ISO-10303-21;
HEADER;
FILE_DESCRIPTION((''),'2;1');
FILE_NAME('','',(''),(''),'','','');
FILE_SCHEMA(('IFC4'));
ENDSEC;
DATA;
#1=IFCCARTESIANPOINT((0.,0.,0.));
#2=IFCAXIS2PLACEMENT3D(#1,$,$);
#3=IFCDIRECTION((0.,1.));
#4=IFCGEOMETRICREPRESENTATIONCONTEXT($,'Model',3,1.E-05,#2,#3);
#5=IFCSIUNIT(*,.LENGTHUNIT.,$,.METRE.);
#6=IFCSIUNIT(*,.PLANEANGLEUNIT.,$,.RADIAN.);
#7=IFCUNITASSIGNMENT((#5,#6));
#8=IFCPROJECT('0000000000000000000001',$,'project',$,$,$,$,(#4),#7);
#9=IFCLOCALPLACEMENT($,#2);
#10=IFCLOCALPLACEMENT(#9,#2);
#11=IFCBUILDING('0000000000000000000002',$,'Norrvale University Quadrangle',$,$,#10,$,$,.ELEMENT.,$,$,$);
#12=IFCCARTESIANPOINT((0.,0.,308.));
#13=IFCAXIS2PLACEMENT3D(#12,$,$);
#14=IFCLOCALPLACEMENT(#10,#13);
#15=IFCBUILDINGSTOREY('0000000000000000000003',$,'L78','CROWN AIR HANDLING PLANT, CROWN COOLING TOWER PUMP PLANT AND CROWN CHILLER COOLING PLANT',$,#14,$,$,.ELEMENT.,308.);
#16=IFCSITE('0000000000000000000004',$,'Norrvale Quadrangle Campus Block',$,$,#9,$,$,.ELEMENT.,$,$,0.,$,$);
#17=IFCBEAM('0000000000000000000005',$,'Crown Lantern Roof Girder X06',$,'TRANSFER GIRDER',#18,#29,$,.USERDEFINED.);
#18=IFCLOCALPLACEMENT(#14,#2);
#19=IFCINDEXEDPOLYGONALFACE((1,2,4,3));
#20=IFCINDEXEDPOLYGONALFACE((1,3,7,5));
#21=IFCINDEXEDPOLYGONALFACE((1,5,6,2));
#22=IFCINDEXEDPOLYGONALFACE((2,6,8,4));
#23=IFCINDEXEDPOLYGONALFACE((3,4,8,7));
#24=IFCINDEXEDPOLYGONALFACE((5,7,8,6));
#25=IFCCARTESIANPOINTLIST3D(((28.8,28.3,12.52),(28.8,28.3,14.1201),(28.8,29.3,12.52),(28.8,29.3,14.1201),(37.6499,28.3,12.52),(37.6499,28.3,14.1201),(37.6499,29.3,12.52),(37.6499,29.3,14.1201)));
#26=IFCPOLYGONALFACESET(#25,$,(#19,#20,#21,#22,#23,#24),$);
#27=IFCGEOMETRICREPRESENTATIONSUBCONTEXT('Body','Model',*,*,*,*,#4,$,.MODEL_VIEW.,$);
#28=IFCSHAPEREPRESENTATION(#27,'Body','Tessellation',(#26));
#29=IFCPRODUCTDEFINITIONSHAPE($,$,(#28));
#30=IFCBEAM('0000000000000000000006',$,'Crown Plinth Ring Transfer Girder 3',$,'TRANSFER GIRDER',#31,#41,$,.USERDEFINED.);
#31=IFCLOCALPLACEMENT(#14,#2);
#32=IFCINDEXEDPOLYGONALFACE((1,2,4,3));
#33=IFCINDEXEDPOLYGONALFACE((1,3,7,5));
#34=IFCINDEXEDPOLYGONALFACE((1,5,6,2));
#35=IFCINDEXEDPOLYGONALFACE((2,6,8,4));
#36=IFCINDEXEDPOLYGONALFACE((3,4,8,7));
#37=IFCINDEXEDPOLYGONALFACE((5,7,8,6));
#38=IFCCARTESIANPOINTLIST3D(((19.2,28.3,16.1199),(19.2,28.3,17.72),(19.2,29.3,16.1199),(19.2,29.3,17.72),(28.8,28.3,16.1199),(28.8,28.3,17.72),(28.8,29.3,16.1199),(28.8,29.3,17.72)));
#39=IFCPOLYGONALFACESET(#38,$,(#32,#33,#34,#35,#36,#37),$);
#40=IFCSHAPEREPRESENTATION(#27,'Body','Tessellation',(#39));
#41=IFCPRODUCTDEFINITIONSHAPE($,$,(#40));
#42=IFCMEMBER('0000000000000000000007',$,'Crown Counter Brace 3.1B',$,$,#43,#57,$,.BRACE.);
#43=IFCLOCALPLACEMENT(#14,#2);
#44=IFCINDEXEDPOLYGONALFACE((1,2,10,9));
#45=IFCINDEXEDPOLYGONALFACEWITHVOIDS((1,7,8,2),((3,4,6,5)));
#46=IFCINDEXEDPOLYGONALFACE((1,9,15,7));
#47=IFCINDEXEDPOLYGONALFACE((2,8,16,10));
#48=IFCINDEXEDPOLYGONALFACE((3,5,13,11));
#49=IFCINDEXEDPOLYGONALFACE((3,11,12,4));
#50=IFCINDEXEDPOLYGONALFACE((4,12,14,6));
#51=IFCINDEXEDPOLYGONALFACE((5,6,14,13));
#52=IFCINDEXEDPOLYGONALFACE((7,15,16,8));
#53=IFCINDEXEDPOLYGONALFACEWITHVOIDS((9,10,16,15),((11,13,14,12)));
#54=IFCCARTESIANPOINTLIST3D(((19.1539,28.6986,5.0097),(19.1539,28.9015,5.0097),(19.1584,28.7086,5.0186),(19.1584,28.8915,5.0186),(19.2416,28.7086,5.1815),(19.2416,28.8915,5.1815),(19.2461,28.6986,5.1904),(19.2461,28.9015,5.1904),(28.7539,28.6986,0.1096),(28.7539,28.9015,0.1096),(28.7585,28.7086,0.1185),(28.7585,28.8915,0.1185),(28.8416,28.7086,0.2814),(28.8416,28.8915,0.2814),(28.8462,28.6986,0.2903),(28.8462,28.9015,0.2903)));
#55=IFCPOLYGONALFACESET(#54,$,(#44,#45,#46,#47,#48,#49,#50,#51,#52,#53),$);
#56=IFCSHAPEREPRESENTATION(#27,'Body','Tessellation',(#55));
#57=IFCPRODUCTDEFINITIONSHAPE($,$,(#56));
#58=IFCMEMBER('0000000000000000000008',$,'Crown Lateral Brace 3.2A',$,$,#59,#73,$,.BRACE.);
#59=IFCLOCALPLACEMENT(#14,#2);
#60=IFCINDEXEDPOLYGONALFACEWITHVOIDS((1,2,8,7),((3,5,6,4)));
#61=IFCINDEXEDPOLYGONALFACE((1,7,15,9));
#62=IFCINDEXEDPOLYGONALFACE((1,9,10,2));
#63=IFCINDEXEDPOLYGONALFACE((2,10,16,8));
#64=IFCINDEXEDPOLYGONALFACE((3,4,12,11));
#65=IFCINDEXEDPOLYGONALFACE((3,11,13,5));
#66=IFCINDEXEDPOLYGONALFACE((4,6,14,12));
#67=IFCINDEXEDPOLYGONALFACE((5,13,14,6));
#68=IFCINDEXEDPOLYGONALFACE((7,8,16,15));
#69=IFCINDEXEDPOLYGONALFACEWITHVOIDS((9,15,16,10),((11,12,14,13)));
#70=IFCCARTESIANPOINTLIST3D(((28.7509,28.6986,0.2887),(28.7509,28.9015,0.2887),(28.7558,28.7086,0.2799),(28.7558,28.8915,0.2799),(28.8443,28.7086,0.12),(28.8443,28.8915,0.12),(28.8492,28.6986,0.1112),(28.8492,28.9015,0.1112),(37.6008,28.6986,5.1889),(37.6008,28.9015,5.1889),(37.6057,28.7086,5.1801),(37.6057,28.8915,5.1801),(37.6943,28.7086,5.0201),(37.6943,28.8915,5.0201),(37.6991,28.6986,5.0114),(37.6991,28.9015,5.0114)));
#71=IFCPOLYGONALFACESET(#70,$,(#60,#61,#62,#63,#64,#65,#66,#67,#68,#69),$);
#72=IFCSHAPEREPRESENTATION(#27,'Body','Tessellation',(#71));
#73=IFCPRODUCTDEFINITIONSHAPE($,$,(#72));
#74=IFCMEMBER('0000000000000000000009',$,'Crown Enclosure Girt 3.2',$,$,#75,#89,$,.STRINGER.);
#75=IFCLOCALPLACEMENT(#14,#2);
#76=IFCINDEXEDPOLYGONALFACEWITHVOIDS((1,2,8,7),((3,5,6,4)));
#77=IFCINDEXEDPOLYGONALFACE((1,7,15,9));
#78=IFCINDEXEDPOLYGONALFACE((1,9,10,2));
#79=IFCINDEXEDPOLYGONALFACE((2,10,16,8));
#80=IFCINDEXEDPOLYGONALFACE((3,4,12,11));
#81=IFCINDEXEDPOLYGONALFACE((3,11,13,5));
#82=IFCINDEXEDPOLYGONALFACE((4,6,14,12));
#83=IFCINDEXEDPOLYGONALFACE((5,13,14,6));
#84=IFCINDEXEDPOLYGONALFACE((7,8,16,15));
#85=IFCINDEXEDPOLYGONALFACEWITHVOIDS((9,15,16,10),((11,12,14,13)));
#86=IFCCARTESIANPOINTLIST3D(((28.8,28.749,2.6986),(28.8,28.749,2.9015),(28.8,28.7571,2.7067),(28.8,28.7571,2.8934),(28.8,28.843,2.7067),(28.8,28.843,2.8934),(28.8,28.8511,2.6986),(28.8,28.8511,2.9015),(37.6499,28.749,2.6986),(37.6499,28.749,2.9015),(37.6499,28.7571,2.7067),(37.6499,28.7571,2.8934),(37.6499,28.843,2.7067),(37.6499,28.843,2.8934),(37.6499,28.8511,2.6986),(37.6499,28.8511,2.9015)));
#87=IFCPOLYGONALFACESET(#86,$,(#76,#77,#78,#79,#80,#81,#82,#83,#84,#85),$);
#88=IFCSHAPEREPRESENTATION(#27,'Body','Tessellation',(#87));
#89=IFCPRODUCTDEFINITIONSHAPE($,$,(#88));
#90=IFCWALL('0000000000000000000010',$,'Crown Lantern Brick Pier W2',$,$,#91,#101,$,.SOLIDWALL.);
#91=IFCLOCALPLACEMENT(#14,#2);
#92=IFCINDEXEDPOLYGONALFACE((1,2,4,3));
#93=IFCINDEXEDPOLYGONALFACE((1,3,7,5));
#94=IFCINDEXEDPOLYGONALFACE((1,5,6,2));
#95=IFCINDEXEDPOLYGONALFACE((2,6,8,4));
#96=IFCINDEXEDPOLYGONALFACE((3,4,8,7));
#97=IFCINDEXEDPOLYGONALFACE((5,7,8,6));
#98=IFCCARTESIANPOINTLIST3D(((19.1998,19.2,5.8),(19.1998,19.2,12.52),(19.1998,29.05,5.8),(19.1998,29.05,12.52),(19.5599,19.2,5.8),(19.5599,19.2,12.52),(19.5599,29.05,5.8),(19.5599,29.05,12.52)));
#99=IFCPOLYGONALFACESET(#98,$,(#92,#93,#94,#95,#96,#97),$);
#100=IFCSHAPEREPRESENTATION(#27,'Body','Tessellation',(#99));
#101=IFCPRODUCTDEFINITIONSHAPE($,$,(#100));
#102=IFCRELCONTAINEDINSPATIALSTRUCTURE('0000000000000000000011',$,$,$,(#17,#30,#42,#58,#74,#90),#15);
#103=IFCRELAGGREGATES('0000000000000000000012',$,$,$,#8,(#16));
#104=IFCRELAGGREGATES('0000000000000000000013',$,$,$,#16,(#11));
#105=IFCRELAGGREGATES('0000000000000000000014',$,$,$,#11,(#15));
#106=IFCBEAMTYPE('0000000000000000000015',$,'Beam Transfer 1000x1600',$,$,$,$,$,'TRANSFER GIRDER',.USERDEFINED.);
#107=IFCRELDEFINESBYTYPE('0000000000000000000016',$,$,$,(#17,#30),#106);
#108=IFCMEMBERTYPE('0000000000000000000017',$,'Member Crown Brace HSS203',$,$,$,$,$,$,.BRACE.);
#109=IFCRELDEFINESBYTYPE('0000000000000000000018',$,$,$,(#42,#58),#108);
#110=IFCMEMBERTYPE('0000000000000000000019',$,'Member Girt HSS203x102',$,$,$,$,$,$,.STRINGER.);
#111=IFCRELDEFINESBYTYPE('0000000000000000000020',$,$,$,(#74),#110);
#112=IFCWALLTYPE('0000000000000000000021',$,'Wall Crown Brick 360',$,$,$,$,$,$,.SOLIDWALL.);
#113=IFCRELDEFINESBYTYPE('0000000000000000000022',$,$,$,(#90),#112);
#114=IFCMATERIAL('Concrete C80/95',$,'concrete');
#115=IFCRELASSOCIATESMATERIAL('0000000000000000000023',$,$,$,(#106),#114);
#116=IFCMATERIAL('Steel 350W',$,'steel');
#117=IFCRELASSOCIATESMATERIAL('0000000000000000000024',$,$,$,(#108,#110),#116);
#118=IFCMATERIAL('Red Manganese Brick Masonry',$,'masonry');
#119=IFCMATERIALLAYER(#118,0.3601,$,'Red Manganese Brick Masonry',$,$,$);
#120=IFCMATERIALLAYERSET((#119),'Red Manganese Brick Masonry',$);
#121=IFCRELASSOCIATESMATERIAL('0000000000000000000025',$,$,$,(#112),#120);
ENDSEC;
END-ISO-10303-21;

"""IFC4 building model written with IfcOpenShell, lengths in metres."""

from ifc_helpers import new_model, si_unit, direction, frame, frame_2d, origin, origin_2d, place, context, subcontext, project, spatial, rectangle, hollow_rectangle, extrude, material, layer, layer_set, material_profile, profile_set, type_object, element, save


model = new_model("IFC4")

# Units and contexts
model_context = context("Model", 3, precision=1e-05, world=origin(), true_north=direction((0.0, 1.0)))
body_context = subcontext(model_context, "Body", "Model", "MODEL_VIEW")
ifc_project = project(units=[si_unit("LENGTHUNIT", "METRE"), si_unit("PLANEANGLEUNIT", "RADIAN")], contexts=[model_context])

# Site, building, storey
site_placement = place(None, origin())
site = spatial("IfcSite", under=ifc_project, at=site_placement, Name="Norrvale Quadrangle Campus Block", CompositionType="ELEMENT", RefElevation=0.0)
building_placement = place(site_placement, origin())
building = spatial("IfcBuilding", under=site, at=building_placement, Name="Norrvale University Quadrangle", CompositionType="ELEMENT")
storey_placement = place(building_placement, frame((0.0, 0.0, 308.0)))
storey = spatial("IfcBuildingStorey", under=building, at=storey_placement, Name="L78", Description="CROWN AIR HANDLING PLANT, CROWN COOLING TOWER PUMP PLANT AND CROWN CHILLER COOLING PLANT", CompositionType="ELEMENT", Elevation=308.0)

# Shared definitions
ifc_material_1 = material(Name="Steel 350W", Category="steel")

# Beams
ifc_material_2 = material(Name="Concrete C80/95", Category="concrete")
ifc_material_profile_1 = material_profile(ifc_material_2, rectangle(XDim=1.0, YDim=1.6001, at=origin_2d()), Name="Concrete C80/95")
ifc_profile_set_1 = profile_set([ifc_material_profile_1], Name="Concrete C80/95")
beam_type_1 = type_object("IfcBeamType", Name="Beam Transfer 1000x1600", ElementType="TRANSFER GIRDER", PredefinedType="USERDEFINED", material=ifc_profile_set_1)
beam_1_placement = place(storey_placement, frame((28.8, 28.8, 13.3201), z_axis=(1.0, 0.0, 0.0), x_axis=(0.0, 1.0, 0.0)))
element("IfcBeam", 1, at=beam_1_placement, inside=storey, type_object=beam_type_1, Name="Crown Lantern Roof Girder X06", ObjectType="TRANSFER GIRDER", PredefinedType="USERDEFINED", context=body_context, shape_type="SweptSolid", body=[
    extrude(rectangle(XDim=1.0, YDim=1.6001, at=origin_2d()), origin(), (0.0, 0.0, 1.0), 8.8499),
])
beam_2_placement = place(storey_placement, frame((28.8, 28.8, 16.9199), z_axis=(-1.0, 0.0, 0.0), x_axis=(0.0, -1.0, 0.0)))
element("IfcBeam", 2, at=beam_2_placement, inside=storey, type_object=beam_type_1, Name="Crown Plinth Ring Transfer Girder 3", ObjectType="TRANSFER GIRDER", PredefinedType="USERDEFINED", context=body_context, shape_type="SweptSolid", body=[
    extrude(rectangle(XDim=1.0, YDim=1.6001, at=origin_2d()), origin(), (0.0, 0.0, 1.0), 9.6001),
])

# Members
ifc_material_profile_2 = material_profile(ifc_material_1, hollow_rectangle(XDim=0.2029, YDim=0.2029, WallThickness=0.01, at=origin_2d()), Name="Steel 350W")
ifc_profile_set_2 = profile_set([ifc_material_profile_2], Name="Steel 350W")
member_type_1 = type_object("IfcMemberType", Name="Member Crown Brace HSS203", PredefinedType="BRACE", material=ifc_profile_set_2)
member_1_placement = place(storey_placement, frame((28.8, 28.8, 0.2), z_axis=(-0.890682, 0.0, 0.454628), x_axis=(0.0, -1.0, 0.0)))
element("IfcMember", 3, at=member_1_placement, inside=storey, type_object=member_type_1, Name="Crown Counter Brace 3.1B", PredefinedType="BRACE", context=body_context, shape_type="SweptSolid", body=[
    extrude(hollow_rectangle(XDim=0.2029, YDim=0.2029, WallThickness=0.01, at=origin_2d()), origin(), (0.0, 0.0, 1.0), 10.7783),
])
member_2_placement = place(storey_placement, frame((28.8, 28.8, 0.2), z_axis=(0.874846, 0.0, 0.484401), x_axis=(0.0, 1.0, 0.0)))
element("IfcMember", 4, at=member_2_placement, inside=storey, type_object=member_type_1, Name="Crown Lateral Brace 3.2A", PredefinedType="BRACE", context=body_context, shape_type="SweptSolid", body=[
    extrude(hollow_rectangle(XDim=0.2029, YDim=0.2029, WallThickness=0.01, at=origin_2d()), origin(), (0.0, 0.0, 1.0), 10.116),
])
ifc_material_profile_3 = material_profile(ifc_material_1, hollow_rectangle(XDim=0.1021, YDim=0.2029, WallThickness=0.0081, at=origin_2d()), Name="Steel 350W")
ifc_profile_set_3 = profile_set([ifc_material_profile_3], Name="Steel 350W")
member_type_2 = type_object("IfcMemberType", Name="Member Girt HSS203x102", PredefinedType="STRINGER", material=ifc_profile_set_3)
member_3_placement = place(storey_placement, frame((28.8, 28.8, 2.8), z_axis=(1.0, 0.0, 0.0), x_axis=(0.0, 1.0, 0.0)))
element("IfcMember", 5, at=member_3_placement, inside=storey, type_object=member_type_2, Name="Crown Enclosure Girt 3.2", PredefinedType="STRINGER", context=body_context, shape_type="SweptSolid", body=[
    extrude(hollow_rectangle(XDim=0.1021, YDim=0.2029, WallThickness=0.0081, at=origin_2d()), origin(), (0.0, 0.0, 1.0), 8.8499),
])

# Wall
ifc_material_3 = material(Name="Red Manganese Brick Masonry", Category="masonry")
ifc_layer_1 = layer(ifc_material_3, 0.3601, Name="Red Manganese Brick Masonry")
ifc_layer_set_1 = layer_set([ifc_layer_1], Name="Red Manganese Brick Masonry")
wall_type = type_object("IfcWallType", Name="Wall Crown Brick 360", PredefinedType="SOLIDWALL", material=ifc_layer_set_1)
wall_placement = place(storey_placement, frame((19.3799, 29.05, 5.8), z_axis=(0.0, 0.0, 1.0), x_axis=(0.0, -1.0, 0.0)))
element("IfcWall", 6, at=wall_placement, inside=storey, type_object=wall_type, Name="Crown Lantern Brick Pier W2", PredefinedType="SOLIDWALL", context=body_context, shape_type="SweptSolid", body=[
    extrude(rectangle(XDim=9.8501, YDim=0.3601, at=frame_2d((4.925, 0.0))), origin(), (0.0, 0.0, 1.0), 6.72),
])

save(model, "model.ifc")
